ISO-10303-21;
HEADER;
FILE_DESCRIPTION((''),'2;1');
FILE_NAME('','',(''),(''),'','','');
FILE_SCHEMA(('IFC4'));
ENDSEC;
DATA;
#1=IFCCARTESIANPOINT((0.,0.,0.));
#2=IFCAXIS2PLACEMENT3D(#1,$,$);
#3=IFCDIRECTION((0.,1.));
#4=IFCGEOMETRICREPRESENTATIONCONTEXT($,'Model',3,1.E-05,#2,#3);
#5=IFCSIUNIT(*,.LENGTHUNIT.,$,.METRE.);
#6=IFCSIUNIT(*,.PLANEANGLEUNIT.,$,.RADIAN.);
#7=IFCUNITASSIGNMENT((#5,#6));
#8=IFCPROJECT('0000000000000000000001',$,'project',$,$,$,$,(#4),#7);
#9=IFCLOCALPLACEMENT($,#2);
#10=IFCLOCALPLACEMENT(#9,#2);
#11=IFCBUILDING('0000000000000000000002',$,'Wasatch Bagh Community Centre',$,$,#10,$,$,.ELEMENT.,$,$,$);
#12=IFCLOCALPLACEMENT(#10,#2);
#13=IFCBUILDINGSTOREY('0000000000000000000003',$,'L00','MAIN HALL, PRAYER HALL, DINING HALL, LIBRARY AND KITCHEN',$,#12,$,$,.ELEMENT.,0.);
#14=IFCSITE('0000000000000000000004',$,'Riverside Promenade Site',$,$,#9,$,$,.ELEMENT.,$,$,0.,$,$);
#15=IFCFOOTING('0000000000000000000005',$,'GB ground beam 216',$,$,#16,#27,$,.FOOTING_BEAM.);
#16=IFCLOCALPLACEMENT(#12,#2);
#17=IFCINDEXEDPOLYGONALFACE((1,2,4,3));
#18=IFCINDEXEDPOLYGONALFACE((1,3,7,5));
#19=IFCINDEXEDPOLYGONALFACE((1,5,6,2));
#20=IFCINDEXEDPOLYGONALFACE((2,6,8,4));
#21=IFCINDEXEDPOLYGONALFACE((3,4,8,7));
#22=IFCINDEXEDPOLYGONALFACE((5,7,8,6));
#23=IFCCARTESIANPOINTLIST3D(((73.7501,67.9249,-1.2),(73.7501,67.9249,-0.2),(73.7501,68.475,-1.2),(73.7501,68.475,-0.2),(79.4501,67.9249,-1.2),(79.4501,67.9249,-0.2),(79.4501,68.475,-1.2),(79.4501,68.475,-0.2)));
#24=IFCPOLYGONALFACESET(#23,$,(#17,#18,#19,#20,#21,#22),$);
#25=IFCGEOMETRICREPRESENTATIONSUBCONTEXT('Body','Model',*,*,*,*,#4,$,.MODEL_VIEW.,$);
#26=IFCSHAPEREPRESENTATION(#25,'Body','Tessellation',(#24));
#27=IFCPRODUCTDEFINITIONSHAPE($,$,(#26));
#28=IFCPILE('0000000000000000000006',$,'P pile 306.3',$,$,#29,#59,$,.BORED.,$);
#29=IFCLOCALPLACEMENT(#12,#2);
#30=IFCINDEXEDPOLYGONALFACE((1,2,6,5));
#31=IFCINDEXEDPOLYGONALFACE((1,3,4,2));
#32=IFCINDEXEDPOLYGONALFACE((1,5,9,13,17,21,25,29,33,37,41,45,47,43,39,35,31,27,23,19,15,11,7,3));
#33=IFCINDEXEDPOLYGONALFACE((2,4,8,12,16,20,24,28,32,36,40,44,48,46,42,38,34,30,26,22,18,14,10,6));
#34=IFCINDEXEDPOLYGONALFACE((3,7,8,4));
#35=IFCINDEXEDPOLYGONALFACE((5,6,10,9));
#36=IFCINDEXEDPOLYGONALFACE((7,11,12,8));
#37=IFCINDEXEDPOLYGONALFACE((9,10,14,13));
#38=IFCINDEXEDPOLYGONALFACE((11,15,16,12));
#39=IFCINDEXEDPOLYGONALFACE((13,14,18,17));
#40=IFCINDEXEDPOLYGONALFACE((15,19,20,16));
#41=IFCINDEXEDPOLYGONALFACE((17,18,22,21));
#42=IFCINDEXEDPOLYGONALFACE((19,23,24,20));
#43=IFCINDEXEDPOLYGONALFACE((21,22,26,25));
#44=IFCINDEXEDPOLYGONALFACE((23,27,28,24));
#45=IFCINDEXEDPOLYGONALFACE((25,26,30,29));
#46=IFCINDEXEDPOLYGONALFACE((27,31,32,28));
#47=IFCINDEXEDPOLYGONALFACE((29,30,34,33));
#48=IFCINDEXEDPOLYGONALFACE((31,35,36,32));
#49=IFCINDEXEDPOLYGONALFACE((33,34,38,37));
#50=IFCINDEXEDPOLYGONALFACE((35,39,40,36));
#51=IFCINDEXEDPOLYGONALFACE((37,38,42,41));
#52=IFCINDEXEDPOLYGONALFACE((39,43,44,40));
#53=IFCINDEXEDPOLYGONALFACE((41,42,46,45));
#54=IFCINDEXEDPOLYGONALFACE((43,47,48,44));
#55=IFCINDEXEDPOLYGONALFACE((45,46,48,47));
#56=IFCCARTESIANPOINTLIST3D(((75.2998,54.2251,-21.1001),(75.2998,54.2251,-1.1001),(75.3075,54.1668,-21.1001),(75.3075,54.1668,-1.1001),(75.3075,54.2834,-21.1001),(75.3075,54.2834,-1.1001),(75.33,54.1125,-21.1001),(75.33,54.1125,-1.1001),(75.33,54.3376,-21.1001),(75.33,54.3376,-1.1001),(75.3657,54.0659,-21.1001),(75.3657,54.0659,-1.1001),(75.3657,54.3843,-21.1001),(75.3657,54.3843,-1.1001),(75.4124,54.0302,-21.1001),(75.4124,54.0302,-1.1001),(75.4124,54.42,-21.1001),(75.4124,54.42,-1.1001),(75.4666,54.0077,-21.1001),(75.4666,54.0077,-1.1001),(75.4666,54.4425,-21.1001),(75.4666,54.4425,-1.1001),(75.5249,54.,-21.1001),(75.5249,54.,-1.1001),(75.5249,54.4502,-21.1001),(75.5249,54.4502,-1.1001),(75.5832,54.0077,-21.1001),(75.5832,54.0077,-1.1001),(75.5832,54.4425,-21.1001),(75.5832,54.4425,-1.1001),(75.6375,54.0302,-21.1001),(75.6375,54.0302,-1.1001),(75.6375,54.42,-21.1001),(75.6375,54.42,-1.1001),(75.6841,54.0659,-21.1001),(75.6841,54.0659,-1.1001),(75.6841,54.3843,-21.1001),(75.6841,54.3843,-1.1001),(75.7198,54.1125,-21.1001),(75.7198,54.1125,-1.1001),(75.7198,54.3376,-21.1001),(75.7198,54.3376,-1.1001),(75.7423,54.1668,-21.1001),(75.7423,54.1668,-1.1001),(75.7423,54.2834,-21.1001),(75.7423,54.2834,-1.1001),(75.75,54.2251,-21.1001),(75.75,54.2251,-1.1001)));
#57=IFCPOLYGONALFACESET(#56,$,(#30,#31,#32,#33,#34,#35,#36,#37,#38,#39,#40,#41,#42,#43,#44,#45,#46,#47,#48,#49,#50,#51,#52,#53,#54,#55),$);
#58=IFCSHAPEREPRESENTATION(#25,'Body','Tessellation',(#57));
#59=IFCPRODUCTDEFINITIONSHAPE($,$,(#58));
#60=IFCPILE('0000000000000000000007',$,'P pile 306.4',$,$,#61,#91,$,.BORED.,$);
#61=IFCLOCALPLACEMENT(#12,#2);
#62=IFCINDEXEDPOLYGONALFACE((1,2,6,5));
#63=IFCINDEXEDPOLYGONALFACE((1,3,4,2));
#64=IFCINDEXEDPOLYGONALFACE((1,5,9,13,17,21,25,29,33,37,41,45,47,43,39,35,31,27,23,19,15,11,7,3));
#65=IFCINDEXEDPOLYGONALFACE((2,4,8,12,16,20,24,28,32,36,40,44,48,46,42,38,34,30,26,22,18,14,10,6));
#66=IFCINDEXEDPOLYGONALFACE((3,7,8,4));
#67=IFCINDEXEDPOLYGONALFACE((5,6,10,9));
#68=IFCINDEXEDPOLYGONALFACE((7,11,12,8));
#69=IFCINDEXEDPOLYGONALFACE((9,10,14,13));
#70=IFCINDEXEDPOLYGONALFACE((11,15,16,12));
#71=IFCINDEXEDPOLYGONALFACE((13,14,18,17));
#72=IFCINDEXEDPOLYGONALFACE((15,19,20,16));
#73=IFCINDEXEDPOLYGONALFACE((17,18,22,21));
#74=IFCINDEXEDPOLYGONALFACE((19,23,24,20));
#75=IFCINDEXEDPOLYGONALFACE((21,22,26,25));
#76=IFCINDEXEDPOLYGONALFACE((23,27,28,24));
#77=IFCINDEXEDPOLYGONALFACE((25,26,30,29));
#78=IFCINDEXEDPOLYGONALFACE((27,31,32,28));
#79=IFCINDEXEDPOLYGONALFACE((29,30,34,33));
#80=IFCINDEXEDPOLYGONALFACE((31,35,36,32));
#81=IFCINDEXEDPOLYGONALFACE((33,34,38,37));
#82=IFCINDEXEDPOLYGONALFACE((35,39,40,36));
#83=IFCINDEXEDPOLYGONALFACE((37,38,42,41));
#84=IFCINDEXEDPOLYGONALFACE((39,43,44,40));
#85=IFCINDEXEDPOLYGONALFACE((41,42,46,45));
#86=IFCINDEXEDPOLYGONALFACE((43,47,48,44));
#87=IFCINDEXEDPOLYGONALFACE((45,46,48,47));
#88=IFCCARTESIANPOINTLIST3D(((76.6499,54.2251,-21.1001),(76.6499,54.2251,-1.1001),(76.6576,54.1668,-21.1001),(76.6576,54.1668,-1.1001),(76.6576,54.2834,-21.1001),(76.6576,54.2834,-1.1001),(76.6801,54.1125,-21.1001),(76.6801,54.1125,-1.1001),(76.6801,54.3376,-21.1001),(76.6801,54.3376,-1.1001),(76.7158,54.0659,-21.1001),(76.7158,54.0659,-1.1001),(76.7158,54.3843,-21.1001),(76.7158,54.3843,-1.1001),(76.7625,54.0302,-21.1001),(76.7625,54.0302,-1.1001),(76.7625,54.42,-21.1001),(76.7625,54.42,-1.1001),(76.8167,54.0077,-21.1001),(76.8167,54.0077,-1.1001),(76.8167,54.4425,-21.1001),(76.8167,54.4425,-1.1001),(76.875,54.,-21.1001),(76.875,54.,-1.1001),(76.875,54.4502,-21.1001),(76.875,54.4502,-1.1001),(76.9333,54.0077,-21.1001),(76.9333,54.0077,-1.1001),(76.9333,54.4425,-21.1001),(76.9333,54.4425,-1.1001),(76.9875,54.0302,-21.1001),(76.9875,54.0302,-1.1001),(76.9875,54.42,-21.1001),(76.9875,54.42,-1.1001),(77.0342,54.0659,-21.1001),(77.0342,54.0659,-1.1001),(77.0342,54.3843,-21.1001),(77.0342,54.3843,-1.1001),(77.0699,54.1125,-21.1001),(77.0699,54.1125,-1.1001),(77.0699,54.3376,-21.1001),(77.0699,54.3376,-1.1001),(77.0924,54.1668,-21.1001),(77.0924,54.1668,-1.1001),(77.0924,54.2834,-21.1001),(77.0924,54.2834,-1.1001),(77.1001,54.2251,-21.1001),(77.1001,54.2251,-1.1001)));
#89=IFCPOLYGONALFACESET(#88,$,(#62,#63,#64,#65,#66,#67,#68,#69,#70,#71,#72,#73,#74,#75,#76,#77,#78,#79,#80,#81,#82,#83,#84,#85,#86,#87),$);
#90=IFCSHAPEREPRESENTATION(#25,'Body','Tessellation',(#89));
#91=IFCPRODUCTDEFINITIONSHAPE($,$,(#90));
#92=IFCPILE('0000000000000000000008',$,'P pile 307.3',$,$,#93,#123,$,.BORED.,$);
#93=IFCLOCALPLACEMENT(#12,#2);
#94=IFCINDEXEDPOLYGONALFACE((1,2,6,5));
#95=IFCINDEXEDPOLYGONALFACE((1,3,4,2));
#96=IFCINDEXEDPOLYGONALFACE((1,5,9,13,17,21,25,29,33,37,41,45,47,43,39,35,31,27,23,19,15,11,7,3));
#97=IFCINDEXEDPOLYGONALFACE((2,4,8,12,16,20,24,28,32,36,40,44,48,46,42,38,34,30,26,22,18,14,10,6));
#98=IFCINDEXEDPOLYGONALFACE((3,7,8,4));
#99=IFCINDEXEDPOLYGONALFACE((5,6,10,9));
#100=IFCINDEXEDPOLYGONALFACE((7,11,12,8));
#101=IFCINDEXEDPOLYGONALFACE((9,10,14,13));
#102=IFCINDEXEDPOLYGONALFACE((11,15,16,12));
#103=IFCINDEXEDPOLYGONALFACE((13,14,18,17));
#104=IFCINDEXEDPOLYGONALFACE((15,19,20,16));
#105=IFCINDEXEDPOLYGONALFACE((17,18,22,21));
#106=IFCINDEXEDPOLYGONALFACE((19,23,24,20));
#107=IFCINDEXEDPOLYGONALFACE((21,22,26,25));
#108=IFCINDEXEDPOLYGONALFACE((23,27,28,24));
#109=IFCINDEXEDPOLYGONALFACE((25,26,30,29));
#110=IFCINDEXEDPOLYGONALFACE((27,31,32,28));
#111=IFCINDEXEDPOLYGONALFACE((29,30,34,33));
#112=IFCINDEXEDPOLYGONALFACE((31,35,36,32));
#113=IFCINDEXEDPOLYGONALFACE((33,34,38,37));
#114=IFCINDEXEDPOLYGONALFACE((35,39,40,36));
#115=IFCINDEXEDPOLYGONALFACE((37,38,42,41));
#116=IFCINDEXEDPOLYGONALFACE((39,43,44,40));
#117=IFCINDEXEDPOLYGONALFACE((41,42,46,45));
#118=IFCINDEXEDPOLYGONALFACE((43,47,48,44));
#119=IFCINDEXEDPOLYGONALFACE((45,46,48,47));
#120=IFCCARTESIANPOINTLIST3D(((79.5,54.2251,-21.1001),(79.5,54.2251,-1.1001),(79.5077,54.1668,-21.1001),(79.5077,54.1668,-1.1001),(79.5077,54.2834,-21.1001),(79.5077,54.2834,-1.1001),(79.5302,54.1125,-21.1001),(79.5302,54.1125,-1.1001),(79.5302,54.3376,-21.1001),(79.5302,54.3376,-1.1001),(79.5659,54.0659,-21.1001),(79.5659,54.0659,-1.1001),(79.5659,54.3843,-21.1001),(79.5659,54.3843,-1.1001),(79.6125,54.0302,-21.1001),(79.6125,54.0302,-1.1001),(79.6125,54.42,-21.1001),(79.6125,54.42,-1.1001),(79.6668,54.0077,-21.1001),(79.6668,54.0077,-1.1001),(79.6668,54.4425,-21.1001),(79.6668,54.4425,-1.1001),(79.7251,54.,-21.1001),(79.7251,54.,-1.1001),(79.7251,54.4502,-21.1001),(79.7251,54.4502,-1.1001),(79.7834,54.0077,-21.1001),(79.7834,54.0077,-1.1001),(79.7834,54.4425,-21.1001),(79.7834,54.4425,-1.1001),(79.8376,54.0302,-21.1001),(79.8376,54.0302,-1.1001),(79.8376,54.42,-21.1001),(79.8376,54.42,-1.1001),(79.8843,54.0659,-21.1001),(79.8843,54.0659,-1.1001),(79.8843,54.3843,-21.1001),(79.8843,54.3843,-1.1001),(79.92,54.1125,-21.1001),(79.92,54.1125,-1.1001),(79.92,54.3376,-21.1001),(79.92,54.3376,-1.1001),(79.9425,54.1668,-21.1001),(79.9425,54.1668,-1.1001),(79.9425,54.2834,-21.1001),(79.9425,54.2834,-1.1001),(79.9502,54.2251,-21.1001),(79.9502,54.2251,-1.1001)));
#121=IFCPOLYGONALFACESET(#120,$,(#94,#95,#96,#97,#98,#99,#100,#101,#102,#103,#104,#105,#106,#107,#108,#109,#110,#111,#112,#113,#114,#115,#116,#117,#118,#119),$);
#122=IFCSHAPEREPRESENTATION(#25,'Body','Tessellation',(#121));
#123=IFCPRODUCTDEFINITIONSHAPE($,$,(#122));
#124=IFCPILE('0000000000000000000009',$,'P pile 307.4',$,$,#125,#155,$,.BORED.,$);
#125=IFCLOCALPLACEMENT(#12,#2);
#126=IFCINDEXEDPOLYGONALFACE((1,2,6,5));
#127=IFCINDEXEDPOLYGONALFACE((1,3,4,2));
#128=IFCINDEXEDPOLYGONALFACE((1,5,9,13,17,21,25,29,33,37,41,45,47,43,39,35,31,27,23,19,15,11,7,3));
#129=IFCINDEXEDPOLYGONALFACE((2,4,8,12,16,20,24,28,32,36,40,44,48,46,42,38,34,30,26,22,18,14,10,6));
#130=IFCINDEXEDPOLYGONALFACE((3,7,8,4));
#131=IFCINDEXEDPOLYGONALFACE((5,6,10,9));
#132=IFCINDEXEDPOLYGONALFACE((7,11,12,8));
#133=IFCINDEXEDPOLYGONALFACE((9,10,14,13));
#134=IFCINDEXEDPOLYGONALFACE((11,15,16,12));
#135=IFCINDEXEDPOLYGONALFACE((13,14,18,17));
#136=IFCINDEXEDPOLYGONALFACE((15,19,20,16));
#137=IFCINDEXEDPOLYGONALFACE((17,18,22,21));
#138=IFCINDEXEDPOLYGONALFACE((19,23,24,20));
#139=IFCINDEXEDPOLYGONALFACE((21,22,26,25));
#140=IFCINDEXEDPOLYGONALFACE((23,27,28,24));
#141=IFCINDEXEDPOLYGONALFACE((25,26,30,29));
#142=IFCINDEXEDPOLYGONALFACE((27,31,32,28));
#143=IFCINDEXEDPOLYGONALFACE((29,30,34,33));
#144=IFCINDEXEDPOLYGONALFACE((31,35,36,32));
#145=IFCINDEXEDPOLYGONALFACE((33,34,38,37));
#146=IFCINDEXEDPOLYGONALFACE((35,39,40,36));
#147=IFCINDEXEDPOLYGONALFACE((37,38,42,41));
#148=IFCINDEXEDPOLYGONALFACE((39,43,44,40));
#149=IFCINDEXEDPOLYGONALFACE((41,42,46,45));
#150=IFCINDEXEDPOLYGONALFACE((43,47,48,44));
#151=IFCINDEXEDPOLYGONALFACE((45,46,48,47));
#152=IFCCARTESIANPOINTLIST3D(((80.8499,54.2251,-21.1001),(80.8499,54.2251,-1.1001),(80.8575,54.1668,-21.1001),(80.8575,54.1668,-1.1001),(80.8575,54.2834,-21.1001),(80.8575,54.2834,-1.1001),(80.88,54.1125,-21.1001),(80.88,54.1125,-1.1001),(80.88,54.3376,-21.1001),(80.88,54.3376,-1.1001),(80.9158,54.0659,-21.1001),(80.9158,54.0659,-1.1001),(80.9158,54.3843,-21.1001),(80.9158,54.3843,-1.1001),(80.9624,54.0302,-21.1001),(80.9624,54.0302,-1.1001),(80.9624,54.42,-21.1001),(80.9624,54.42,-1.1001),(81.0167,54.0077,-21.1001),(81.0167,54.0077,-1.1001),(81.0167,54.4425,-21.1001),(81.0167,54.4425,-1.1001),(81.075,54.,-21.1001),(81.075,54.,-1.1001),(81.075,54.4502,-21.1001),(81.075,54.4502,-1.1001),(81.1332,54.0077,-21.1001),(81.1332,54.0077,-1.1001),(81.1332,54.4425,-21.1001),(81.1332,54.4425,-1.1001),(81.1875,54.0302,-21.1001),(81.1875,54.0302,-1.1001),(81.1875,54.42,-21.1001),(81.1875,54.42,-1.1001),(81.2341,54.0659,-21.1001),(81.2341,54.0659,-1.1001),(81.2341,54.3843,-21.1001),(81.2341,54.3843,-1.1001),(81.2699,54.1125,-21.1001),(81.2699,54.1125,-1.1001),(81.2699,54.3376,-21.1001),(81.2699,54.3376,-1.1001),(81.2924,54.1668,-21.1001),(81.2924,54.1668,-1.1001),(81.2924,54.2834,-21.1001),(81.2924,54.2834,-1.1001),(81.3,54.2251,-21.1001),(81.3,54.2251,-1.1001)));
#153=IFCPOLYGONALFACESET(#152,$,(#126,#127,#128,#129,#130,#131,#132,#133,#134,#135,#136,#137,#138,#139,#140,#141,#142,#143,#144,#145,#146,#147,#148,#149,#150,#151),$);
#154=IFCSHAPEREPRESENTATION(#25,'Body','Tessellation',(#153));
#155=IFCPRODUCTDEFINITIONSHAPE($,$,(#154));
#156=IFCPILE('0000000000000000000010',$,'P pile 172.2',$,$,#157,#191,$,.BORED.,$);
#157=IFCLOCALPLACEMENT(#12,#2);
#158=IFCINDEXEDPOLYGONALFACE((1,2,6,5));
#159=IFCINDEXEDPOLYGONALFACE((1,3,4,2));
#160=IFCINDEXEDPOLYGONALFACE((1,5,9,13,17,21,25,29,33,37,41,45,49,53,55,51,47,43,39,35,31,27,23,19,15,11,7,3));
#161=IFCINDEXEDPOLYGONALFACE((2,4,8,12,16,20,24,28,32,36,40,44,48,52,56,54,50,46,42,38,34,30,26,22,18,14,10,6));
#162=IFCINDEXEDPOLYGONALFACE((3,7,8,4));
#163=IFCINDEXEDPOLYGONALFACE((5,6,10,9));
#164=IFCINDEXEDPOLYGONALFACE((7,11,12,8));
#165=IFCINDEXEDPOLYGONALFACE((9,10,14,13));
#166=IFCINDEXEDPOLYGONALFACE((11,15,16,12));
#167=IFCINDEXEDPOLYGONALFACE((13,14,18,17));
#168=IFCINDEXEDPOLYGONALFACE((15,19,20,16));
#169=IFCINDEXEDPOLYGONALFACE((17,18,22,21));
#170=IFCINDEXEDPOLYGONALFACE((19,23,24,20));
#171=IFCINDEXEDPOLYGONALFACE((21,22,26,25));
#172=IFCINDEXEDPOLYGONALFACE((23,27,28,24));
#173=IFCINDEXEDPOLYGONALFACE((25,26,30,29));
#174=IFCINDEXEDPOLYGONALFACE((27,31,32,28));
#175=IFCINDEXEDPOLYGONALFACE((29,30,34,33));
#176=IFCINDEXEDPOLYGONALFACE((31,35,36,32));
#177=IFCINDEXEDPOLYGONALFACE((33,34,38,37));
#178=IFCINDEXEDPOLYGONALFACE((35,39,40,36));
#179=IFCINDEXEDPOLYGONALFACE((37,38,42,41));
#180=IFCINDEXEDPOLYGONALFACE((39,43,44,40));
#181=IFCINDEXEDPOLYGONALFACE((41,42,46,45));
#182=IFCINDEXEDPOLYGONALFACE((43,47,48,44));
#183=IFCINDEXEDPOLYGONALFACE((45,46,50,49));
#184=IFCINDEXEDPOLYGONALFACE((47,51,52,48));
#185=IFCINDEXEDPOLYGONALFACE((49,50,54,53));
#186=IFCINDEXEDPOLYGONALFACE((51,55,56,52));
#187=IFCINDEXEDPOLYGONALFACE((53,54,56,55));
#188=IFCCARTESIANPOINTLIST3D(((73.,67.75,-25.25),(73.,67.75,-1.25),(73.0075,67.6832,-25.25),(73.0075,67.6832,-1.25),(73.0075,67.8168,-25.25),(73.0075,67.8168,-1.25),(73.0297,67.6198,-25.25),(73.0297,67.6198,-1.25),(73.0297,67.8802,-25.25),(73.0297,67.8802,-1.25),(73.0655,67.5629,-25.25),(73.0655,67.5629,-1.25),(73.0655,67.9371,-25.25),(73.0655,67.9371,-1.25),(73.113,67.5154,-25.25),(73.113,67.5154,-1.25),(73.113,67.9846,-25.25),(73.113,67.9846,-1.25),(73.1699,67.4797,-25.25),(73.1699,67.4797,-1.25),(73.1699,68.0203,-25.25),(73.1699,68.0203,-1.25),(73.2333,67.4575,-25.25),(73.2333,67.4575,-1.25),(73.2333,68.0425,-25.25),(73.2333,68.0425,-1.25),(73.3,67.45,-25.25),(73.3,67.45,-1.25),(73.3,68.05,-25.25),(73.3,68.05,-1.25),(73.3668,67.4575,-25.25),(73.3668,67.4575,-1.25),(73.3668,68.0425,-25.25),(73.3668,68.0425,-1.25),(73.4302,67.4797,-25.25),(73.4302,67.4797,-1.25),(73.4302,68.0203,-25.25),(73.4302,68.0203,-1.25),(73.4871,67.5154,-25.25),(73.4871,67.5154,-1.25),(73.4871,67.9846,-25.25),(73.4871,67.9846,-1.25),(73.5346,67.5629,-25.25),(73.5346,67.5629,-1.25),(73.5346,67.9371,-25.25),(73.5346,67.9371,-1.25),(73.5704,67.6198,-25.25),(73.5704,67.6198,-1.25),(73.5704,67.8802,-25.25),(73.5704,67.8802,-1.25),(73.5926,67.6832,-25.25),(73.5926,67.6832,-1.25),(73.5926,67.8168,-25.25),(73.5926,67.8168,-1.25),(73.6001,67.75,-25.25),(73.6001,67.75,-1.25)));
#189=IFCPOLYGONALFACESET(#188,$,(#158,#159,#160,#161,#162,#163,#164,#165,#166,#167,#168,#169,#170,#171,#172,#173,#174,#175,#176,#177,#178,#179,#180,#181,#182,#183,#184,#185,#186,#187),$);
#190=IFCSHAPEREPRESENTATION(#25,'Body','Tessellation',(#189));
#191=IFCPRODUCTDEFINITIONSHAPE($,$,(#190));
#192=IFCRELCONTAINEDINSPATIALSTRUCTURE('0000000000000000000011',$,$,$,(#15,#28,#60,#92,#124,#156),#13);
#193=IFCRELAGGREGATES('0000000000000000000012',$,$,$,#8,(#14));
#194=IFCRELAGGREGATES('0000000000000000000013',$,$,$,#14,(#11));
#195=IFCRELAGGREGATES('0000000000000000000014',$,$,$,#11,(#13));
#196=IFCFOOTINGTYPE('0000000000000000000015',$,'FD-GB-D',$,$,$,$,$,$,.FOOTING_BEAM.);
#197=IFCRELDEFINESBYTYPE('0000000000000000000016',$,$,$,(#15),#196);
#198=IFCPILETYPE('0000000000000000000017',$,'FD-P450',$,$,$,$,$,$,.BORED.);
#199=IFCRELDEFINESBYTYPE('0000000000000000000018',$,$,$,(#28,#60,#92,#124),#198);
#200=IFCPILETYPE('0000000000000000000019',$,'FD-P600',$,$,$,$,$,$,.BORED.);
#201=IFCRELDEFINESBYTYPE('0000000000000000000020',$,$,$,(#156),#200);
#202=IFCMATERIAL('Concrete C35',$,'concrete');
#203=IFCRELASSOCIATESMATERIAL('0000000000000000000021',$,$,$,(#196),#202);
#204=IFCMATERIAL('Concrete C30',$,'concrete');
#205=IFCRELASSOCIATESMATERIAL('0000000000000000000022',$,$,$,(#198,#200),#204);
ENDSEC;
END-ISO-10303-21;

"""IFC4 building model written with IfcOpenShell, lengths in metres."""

from ifc_helpers import new_model, si_unit, direction, frame, origin, origin_2d, place, context, subcontext, project, spatial, rectangle, circle, extrude, material, material_profile, profile_set, type_object, element, save


model = new_model("IFC4")

# Units and contexts
model_context = context("Model", 3, precision=1e-05, world=origin(), true_north=direction((0.0, 1.0)))
body_context = subcontext(model_context, "Body", "Model", "MODEL_VIEW")
ifc_project = project(units=[si_unit("LENGTHUNIT", "METRE"), si_unit("PLANEANGLEUNIT", "RADIAN")], contexts=[model_context])

# Site, building, storey
site_placement = place(None, origin())
site = spatial("IfcSite", under=ifc_project, at=site_placement, Name="Riverside Promenade Site", CompositionType="ELEMENT", RefElevation=0.0)
building_placement = place(site_placement, origin())
building = spatial("IfcBuilding", under=site, at=building_placement, Name="Wasatch Bagh Community Centre", CompositionType="ELEMENT")
storey_placement = place(building_placement, origin())
storey = spatial("IfcBuildingStorey", under=building, at=storey_placement, Name="L00", Description="MAIN HALL, PRAYER HALL, DINING HALL, LIBRARY AND KITCHEN", CompositionType="ELEMENT", Elevation=0.0)

# Footing
ifc_material_1 = material(Name="Concrete C35", Category="concrete")
footing_type_1 = type_object("IfcFootingType", Name="FD-GB-D", PredefinedType="FOOTING_BEAM", material=ifc_material_1)
footing_1_placement = place(storey_placement, frame((76.6001, 68.2, -1.2), z_axis=(0.0, 0.0, 1.0), x_axis=(1.0, 0.0, 0.0)))
element("IfcFooting", 1, at=footing_1_placement, inside=storey, type_object=footing_type_1, Name="GB ground beam 216", PredefinedType="FOOTING_BEAM", context=body_context, shape_type="SweptSolid", body=[
    extrude(rectangle(XDim=5.7, YDim=0.55, at=origin_2d()), origin(), (0.0, 0.0, 1.0), 1.0),
])

# Piles
ifc_material_2 = material(Name="Concrete C30", Category="concrete")
ifc_material_profile_1 = material_profile(ifc_material_2, circle(Radius=0.2251, at=origin_2d()), Name="RC D450")
ifc_profile_set_1 = profile_set([ifc_material_profile_1], Name="Concrete C30")
pile_type_1 = type_object("IfcPileType", Name="FD-P450", PredefinedType="BORED", material=ifc_profile_set_1)
for number, where, z_axis, x_axis, name in (
    (2, (75.5249, 54.2251, -1.1001), (0.0, 0.0, -1.0), (1.0, 0.0, 0.0), "P pile 306.3"),
    (3, (76.875, 54.2251, -1.1001), (0.0, 0.0, -1.0), (1.0, 0.0, 0.0), "P pile 306.4"),
    (4, (79.7251, 54.2251, -1.1001), (0.0, 0.0, -1.0), (1.0, 0.0, 0.0), "P pile 307.3"),
    (5, (81.075, 54.2251, -1.1001), (0.0, 0.0, -1.0), (1.0, 0.0, 0.0), "P pile 307.4"),
):
    element("IfcPile", number, at=place(storey_placement, frame(where, z_axis=z_axis, x_axis=x_axis)), inside=storey, type_object=pile_type_1, Name=name, PredefinedType="BORED", context=body_context, shape_type="SweptSolid", body=[
        extrude(circle(Radius=0.2251, at=origin_2d()), origin(), (0.0, 0.0, 1.0), 20.0),
    ])
ifc_material_profile_2 = material_profile(ifc_material_2, circle(Radius=0.3, at=origin_2d()), Name="RC D600")
ifc_profile_set_2 = profile_set([ifc_material_profile_2], Name="Concrete C30")
pile_type_2 = type_object("IfcPileType", Name="FD-P600", PredefinedType="BORED", material=ifc_profile_set_2)
for number, where, z_axis, x_axis, name in (
    (6, (73.3, 67.75, -1.25), (0.0, 0.0, -1.0), (1.0, 0.0, 0.0), "P pile 172.2"),
):
    element("IfcPile", number, at=place(storey_placement, frame(where, z_axis=z_axis, x_axis=x_axis)), inside=storey, type_object=pile_type_2, Name=name, PredefinedType="BORED", context=body_context, shape_type="SweptSolid", body=[
        extrude(circle(Radius=0.3, at=origin_2d()), origin(), (0.0, 0.0, 1.0), 24.0),
    ])

save(model, "model.ifc")
